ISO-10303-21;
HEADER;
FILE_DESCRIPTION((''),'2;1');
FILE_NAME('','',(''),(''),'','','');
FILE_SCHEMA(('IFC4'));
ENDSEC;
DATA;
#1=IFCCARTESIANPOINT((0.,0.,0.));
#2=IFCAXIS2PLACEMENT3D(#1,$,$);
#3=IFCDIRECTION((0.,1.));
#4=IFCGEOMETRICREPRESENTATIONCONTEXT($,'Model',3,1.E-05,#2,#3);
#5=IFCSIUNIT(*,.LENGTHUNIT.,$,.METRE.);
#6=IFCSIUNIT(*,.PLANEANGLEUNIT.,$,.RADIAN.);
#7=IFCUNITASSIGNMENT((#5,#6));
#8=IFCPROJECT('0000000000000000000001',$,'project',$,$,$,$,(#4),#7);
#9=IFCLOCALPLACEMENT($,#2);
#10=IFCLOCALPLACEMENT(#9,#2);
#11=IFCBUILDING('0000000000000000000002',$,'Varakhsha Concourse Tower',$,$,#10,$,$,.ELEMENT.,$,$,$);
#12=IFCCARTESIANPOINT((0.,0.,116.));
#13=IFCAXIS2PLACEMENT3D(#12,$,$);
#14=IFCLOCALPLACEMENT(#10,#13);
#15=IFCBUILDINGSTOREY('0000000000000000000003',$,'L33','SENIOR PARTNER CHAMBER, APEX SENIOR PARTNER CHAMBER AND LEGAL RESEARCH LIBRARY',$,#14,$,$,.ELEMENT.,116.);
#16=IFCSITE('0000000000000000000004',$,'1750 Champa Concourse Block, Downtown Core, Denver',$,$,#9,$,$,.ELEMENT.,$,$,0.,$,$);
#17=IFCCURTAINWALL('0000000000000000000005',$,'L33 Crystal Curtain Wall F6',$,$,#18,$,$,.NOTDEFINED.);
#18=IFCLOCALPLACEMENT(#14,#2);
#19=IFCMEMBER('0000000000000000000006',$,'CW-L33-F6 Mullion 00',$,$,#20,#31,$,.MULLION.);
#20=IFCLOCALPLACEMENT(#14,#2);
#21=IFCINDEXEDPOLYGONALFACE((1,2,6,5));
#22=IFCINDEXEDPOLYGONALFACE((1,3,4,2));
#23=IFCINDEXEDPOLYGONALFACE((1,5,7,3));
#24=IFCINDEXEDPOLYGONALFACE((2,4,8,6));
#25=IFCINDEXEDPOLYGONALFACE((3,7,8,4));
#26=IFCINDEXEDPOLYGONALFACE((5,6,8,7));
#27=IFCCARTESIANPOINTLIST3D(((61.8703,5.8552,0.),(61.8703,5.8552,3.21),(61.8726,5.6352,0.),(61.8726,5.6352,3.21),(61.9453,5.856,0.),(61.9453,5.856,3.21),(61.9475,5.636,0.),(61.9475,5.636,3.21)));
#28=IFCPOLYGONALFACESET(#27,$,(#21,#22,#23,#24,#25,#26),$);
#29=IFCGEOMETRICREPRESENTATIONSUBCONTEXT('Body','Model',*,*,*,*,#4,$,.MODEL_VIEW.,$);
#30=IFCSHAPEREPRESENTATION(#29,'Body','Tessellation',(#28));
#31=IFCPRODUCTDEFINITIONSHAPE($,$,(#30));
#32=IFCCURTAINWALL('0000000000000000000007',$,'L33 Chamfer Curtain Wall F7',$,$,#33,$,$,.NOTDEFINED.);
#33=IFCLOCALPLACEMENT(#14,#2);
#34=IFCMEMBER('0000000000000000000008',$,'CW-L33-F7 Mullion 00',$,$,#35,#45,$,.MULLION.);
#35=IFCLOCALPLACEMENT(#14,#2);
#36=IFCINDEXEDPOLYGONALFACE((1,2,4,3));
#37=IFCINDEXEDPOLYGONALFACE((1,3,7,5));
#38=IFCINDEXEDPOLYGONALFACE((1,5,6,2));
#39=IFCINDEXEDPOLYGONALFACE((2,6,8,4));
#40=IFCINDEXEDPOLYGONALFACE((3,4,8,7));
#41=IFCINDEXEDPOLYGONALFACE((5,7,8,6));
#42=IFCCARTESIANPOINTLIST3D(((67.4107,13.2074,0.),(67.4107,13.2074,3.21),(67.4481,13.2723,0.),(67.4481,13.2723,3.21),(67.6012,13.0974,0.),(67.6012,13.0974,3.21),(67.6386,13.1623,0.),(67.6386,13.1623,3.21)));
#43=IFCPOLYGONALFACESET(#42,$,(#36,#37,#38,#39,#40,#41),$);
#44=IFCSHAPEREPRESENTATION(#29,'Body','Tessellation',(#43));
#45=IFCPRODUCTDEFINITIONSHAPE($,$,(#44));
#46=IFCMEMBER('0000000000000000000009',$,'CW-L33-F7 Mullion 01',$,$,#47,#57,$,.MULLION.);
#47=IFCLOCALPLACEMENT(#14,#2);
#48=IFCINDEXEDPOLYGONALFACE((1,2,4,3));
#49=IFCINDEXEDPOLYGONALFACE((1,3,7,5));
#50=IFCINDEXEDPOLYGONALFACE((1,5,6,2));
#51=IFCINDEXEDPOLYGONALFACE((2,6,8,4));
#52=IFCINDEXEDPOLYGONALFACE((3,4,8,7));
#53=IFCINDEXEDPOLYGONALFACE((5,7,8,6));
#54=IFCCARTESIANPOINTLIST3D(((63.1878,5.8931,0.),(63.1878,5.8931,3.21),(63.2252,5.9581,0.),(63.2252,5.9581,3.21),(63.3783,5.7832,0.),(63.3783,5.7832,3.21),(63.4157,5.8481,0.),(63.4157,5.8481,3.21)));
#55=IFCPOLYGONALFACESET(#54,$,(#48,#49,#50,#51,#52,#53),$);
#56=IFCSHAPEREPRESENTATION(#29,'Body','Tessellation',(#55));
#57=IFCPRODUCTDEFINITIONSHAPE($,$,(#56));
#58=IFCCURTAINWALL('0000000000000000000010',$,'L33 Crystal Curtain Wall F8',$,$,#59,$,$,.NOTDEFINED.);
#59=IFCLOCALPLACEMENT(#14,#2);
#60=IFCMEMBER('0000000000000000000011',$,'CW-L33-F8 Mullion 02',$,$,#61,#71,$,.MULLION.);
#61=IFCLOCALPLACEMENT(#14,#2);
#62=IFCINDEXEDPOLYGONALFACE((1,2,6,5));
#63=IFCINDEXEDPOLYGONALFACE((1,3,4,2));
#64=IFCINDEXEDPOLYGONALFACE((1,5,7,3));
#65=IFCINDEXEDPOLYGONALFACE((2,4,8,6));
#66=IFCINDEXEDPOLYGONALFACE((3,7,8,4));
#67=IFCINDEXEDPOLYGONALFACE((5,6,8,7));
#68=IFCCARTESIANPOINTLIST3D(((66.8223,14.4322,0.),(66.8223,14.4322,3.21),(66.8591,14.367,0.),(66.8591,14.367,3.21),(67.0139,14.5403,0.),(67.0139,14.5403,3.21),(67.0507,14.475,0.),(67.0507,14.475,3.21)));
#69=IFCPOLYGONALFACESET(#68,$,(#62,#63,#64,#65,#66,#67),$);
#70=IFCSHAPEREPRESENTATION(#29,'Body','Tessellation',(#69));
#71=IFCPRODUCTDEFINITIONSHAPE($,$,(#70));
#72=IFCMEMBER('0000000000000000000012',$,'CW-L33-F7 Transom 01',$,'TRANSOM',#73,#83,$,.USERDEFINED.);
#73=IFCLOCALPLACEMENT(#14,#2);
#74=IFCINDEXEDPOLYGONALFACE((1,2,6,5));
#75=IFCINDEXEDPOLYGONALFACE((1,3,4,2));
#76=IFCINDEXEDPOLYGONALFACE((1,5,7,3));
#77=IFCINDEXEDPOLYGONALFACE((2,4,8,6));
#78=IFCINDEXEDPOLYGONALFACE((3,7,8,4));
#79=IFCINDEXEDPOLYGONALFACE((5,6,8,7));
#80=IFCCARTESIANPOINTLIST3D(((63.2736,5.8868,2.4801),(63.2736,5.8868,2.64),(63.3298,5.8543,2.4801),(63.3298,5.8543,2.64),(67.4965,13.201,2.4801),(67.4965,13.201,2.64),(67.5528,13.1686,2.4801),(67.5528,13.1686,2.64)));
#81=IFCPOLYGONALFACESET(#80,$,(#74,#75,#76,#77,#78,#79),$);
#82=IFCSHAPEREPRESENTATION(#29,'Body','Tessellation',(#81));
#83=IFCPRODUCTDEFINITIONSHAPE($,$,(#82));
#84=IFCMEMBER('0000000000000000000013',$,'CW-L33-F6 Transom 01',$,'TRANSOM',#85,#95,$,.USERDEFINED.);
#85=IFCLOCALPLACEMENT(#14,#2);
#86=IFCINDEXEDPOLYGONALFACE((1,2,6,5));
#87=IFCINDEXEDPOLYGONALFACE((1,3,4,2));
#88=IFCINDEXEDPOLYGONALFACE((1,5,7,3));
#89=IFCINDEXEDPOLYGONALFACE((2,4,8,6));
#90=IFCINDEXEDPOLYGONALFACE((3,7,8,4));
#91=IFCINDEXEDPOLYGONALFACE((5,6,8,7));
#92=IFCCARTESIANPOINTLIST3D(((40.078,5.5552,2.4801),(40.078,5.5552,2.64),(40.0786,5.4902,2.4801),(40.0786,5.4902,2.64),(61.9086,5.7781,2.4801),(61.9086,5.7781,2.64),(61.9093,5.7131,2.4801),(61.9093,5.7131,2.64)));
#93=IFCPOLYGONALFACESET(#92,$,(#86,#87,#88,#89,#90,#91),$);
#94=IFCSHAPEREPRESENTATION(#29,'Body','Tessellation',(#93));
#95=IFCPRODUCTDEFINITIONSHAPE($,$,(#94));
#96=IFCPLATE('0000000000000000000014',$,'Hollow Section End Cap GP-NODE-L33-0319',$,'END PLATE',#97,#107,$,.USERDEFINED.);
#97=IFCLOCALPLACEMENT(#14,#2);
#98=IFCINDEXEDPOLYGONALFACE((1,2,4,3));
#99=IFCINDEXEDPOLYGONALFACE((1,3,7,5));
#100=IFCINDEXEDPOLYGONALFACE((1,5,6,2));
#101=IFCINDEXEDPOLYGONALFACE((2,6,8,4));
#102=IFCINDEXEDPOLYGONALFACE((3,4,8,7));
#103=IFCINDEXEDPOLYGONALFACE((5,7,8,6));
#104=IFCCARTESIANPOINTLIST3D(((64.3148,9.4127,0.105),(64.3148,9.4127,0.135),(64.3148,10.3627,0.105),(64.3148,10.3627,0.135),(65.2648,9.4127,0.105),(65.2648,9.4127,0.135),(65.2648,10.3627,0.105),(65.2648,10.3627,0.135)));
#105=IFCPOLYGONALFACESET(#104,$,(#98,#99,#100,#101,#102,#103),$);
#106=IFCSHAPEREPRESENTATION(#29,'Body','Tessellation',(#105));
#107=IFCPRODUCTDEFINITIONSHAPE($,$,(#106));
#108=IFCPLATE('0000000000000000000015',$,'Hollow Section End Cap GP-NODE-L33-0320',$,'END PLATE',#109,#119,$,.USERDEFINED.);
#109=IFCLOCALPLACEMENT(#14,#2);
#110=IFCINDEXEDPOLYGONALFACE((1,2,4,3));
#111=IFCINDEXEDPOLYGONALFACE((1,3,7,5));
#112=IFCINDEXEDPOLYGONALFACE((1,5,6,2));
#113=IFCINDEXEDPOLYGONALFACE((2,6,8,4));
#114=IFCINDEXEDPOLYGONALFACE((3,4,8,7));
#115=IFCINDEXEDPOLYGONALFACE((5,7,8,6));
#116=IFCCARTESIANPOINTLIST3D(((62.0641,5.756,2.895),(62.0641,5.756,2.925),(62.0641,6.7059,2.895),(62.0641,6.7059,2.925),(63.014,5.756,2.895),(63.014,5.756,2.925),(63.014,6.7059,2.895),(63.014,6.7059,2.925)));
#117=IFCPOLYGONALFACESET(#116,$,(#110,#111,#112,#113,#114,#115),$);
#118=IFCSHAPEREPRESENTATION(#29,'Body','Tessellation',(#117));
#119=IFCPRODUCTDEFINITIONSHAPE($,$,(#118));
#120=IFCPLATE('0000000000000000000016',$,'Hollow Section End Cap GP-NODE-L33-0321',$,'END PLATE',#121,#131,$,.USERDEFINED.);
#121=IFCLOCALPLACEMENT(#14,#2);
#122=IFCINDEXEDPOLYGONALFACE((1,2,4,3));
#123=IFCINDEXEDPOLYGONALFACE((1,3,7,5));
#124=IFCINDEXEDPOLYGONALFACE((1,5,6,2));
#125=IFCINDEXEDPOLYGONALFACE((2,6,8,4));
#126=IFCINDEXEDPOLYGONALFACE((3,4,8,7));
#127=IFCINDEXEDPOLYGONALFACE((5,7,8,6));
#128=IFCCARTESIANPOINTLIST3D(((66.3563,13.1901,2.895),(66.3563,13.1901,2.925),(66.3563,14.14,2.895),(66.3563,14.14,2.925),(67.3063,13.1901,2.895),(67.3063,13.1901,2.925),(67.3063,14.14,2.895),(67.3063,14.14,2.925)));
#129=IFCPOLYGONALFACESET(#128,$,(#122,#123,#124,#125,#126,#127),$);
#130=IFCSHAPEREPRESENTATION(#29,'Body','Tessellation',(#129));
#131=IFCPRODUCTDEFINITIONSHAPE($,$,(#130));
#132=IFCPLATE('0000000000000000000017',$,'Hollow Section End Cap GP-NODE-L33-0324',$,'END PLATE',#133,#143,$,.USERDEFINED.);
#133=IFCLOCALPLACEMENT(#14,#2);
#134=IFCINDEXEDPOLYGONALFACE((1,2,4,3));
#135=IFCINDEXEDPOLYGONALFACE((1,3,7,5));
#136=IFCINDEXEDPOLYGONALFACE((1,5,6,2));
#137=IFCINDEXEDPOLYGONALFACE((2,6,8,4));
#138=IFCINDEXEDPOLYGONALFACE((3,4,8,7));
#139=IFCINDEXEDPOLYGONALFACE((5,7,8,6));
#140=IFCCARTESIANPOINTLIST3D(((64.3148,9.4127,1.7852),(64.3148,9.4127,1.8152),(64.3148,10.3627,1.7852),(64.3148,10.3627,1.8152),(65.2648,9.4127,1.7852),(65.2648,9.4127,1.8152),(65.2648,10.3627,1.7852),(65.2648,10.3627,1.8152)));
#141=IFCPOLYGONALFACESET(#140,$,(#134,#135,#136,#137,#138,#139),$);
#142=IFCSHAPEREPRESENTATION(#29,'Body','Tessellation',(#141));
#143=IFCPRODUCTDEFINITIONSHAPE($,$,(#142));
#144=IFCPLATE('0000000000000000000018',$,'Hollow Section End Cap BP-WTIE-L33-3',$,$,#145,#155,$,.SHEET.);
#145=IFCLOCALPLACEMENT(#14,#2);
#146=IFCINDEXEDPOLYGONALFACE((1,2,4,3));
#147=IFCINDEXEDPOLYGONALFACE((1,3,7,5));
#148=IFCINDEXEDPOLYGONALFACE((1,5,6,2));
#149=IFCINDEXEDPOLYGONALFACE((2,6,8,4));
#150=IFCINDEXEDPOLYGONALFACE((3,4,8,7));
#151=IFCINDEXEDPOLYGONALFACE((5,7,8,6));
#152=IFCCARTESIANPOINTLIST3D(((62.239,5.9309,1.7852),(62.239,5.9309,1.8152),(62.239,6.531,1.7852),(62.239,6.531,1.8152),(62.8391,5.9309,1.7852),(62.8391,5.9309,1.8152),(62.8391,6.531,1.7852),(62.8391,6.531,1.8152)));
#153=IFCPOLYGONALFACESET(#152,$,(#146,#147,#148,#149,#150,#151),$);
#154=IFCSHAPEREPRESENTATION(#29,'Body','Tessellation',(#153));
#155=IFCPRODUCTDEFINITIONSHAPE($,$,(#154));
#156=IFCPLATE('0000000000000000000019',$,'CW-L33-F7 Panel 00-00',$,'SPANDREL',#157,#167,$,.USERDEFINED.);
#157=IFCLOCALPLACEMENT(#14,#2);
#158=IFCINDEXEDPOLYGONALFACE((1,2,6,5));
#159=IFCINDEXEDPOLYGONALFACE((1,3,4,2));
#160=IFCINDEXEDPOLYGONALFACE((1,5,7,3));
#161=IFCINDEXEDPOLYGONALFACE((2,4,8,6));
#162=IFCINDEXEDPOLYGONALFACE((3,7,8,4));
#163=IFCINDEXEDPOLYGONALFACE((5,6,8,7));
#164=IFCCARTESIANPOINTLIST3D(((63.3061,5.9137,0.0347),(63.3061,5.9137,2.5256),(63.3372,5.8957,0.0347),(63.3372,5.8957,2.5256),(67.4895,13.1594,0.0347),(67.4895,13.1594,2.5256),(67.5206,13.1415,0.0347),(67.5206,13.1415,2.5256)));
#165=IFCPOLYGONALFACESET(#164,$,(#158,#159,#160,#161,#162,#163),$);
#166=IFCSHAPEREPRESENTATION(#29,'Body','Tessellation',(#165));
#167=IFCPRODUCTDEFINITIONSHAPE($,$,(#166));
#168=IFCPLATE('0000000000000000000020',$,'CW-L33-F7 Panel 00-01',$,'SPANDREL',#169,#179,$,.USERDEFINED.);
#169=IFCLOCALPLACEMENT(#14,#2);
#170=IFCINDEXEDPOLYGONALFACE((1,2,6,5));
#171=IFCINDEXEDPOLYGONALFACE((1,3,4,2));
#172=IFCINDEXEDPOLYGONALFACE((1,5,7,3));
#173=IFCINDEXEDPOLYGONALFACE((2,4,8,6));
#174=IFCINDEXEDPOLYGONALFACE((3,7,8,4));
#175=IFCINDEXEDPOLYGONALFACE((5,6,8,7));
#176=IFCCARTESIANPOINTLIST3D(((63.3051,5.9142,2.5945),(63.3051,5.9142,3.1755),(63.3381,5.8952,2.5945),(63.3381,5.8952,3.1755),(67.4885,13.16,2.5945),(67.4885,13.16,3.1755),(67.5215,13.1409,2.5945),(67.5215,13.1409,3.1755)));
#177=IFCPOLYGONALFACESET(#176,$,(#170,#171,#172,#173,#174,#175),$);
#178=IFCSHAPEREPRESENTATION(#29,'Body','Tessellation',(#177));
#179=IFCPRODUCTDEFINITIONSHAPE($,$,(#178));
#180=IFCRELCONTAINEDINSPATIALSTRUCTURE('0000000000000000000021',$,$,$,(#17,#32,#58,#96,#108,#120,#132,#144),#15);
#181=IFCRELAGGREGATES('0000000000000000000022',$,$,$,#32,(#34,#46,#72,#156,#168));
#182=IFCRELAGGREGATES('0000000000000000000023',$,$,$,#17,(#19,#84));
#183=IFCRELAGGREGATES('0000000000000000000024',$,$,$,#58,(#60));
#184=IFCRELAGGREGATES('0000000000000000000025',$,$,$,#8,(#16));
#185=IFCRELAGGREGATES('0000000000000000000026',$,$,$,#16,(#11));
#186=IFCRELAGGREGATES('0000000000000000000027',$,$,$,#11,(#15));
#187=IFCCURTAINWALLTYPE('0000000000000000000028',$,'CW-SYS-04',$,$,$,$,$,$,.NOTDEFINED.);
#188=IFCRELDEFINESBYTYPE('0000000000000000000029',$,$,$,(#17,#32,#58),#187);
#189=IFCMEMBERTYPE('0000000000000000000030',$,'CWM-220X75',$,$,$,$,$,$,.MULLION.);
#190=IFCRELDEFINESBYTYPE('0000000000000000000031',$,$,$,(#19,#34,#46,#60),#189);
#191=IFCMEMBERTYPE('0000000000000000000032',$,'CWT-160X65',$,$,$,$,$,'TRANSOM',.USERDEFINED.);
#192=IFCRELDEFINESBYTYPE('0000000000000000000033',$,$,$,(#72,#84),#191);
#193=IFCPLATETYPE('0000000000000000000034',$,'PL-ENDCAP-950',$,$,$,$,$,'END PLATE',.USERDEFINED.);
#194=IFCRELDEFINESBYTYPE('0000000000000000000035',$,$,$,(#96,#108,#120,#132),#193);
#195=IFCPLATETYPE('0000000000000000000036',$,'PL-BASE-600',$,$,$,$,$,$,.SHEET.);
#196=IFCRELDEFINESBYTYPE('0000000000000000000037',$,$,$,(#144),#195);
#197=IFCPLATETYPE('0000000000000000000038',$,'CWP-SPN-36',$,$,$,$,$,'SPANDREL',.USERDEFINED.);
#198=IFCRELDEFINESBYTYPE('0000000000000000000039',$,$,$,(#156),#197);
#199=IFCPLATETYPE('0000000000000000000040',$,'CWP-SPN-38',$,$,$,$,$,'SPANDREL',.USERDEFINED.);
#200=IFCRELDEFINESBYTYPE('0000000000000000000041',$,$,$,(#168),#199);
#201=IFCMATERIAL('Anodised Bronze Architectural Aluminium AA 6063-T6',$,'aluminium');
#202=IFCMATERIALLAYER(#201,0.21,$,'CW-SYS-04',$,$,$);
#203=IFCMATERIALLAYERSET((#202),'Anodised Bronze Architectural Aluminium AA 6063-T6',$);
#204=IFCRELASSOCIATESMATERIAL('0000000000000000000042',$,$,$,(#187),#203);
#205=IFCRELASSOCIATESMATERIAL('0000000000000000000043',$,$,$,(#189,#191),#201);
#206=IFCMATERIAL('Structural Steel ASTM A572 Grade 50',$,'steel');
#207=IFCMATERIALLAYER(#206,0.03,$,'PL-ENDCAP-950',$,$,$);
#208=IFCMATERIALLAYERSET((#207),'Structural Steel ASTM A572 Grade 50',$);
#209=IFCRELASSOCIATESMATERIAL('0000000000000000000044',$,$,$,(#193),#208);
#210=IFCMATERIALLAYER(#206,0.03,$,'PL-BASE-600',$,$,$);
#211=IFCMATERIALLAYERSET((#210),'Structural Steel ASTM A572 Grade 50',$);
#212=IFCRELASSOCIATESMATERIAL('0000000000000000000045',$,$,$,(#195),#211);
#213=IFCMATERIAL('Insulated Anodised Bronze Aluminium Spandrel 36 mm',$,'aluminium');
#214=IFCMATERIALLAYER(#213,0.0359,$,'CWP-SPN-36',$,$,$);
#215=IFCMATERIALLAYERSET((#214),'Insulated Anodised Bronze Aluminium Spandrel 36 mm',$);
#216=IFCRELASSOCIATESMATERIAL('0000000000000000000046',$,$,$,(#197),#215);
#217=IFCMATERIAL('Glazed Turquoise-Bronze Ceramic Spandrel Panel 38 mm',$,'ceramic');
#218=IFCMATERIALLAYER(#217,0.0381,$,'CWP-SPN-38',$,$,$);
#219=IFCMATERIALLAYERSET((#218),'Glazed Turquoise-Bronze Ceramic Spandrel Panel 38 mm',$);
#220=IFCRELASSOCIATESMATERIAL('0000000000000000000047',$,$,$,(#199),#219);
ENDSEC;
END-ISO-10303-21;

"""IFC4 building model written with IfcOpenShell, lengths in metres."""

from ifc_helpers import new_model, si_unit, direction, frame, origin, origin_2d, place, context, subcontext, project, spatial, rectangle, extrude, source, transform, mapped, material, layer, layer_set, material_profile, profile_set, type_object, type_shapes, element, aggregate, save


model = new_model("IFC4")

# Units and contexts
model_context = context("Model", 3, precision=1e-05, world=origin(), true_north=direction((0.0, 1.0)))
body_context = subcontext(model_context, "Body", "Model", "MODEL_VIEW")
ifc_project = project(units=[si_unit("LENGTHUNIT", "METRE"), si_unit("PLANEANGLEUNIT", "RADIAN")], contexts=[model_context])

# Site, building, storey
site_placement = place(None, origin())
site = spatial("IfcSite", under=ifc_project, at=site_placement, Name="1750 Champa Concourse Block, Downtown Core, Denver", CompositionType="ELEMENT", RefElevation=0.0)
building_placement = place(site_placement, origin())
building = spatial("IfcBuilding", under=site, at=building_placement, Name="Varakhsha Concourse Tower", CompositionType="ELEMENT")
storey_placement = place(building_placement, frame((0.0, 0.0, 116.0)))
storey = spatial("IfcBuildingStorey", under=building, at=storey_placement, Name="L33", Description="SENIOR PARTNER CHAMBER, APEX SENIOR PARTNER CHAMBER AND LEGAL RESEARCH LIBRARY", CompositionType="ELEMENT", Elevation=116.0)

# Shared definitions
ifc_material_1 = material(Name="Structural Steel ASTM A572 Grade 50", Category="steel")

# Curtain wall, member
ifc_material_2 = material(Name="Anodised Bronze Architectural Aluminium AA 6063-T6", Category="aluminium")
ifc_layer_1 = layer(ifc_material_2, 0.21, Name="CW-SYS-04")
ifc_layer_set_1 = layer_set([ifc_layer_1], Name="Anodised Bronze Architectural Aluminium AA 6063-T6")
curtain_wall_type = type_object("IfcCurtainWallType", Name="CW-SYS-04", PredefinedType="NOTDEFINED", material=ifc_layer_set_1)
curtain_wall_1_placement = place(storey_placement, origin())
curtain_wall_1 = element("IfcCurtainWall", 1, at=curtain_wall_1_placement, inside=storey, type_object=curtain_wall_type, Name="L33 Crystal Curtain Wall F6", PredefinedType="NOTDEFINED")
ifc_material_profile_1 = material_profile(ifc_material_2, rectangle(XDim=0.075, YDim=0.22, at=origin_2d()), Name="CWM-220X75")
ifc_profile_set_1 = profile_set([ifc_material_profile_1], Name="Anodised Bronze Architectural Aluminium AA 6063-T6")
member_type_1 = type_object("IfcMemberType", Name="CWM-220X75", PredefinedType="MULLION", material=ifc_profile_set_1)
shared_shape_1 = source(origin(), body_context, "Body", "SweptSolid", [
    extrude(rectangle(XDim=0.075, YDim=0.22, at=origin_2d()), origin(), (0.0, 0.0, 1.0), 3.21),
])
type_shapes(member_type_1, [shared_shape_1])
member_1_placement = place(storey_placement, frame((61.9089, 5.7456, 0.0), z_axis=(0.0, 0.0, 1.0), x_axis=(-0.999948, -0.010205, 0.0)))
member_1 = element("IfcMember", 2, at=member_1_placement, type_object=member_type_1, Name="CW-L33-F6 Mullion 00", PredefinedType="MULLION", context=body_context, shape_type="MappedRepresentation", body=[
    mapped(shared_shape_1, transform((0.0, 0.0, 0.0), scale=1.0)),
])

# Curtain wall, members
curtain_wall_2_placement = place(storey_placement, origin())
curtain_wall_2 = element("IfcCurtainWall", 3, at=curtain_wall_2_placement, inside=storey, type_object=curtain_wall_type, Name="L33 Chamfer Curtain Wall F7", PredefinedType="NOTDEFINED")
member_2_placement = place(storey_placement, frame((67.5247, 13.1848, 0.0), z_axis=(0.0, 0.0, 1.0), x_axis=(-0.500005, -0.866023, 0.0)))
member_2 = element("IfcMember", 4, at=member_2_placement, type_object=member_type_1, Name="CW-L33-F7 Mullion 00", PredefinedType="MULLION", context=body_context, shape_type="MappedRepresentation", body=[
    mapped(shared_shape_1, transform((0.0, 0.0, 0.0), scale=1.0)),
])
member_3_placement = place(storey_placement, frame((63.3018, 5.8706, 0.0), z_axis=(0.0, 0.0, 1.0), x_axis=(-0.500005, -0.866023, 0.0)))
member_3 = element("IfcMember", 5, at=member_3_placement, type_object=member_type_1, Name="CW-L33-F7 Mullion 01", PredefinedType="MULLION", context=body_context, shape_type="MappedRepresentation", body=[
    mapped(shared_shape_1, transform((0.0, 0.0, 0.0), scale=1.0)),
])

# Curtain wall, member
curtain_wall_3_placement = place(storey_placement, origin())
curtain_wall_3 = element("IfcCurtainWall", 6, at=curtain_wall_3_placement, inside=storey, type_object=curtain_wall_type, Name="L33 Crystal Curtain Wall F8", PredefinedType="NOTDEFINED")
member_4_placement = place(storey_placement, frame((66.9365, 14.4536, 0.0), z_axis=(0.0, 0.0, 1.0), x_axis=(0.491138, -0.871082, 0.0)))
member_4 = element("IfcMember", 7, at=member_4_placement, type_object=member_type_1, Name="CW-L33-F8 Mullion 02", PredefinedType="MULLION", context=body_context, shape_type="MappedRepresentation", body=[
    mapped(shared_shape_1, transform((0.0, 0.0, 0.0), scale=1.0)),
])

# Members
ifc_material_profile_2 = material_profile(ifc_material_2, rectangle(XDim=0.0649, YDim=0.1599, at=origin_2d()), Name="CWT-160X65")
ifc_profile_set_2 = profile_set([ifc_material_profile_2], Name="Anodised Bronze Architectural Aluminium AA 6063-T6")
member_type_2 = type_object("IfcMemberType", Name="CWT-160X65", ElementType="TRANSOM", PredefinedType="USERDEFINED", material=ifc_profile_set_2)
shared_shape_2 = source(origin(), body_context, "Body", "SweptSolid", [
    extrude(rectangle(XDim=0.0649, YDim=0.1599, at=origin_2d()), origin(), (0.0, 0.0, 1.0), 8.4458),
])
member_5_placement = place(storey_placement, frame((67.5247, 13.1848, 2.5601), z_axis=(-0.500004, -0.866023, 0.0), x_axis=(0.866023, -0.500004, 0.0)))
member_5 = element("IfcMember", 8, at=member_5_placement, type_object=member_type_2, Name="CW-L33-F7 Transom 01", ObjectType="TRANSOM", PredefinedType="USERDEFINED", context=body_context, shape_type="MappedRepresentation", body=[
    mapped(shared_shape_2, transform((0.0, 0.0, 0.0), scale=1.0)),
])
shared_shape_3 = source(origin(), body_context, "Body", "SweptSolid", [
    extrude(rectangle(XDim=0.0649, YDim=0.1599, at=origin_2d()), origin(), (0.0, 0.0, 1.0), 21.8318),
])
type_shapes(member_type_2, [shared_shape_2, shared_shape_3])
member_6_placement = place(storey_placement, frame((61.9089, 5.7456, 2.5601), z_axis=(-0.999948, -0.01021, 0.0), x_axis=(0.01021, -0.999948, 0.0)))
member_6 = element("IfcMember", 9, at=member_6_placement, type_object=member_type_2, Name="CW-L33-F6 Transom 01", ObjectType="TRANSOM", PredefinedType="USERDEFINED", context=body_context, shape_type="MappedRepresentation", body=[
    mapped(shared_shape_3, transform((0.0, 0.0, 0.0), scale=1.0)),
])

# Plates
ifc_layer_2 = layer(ifc_material_1, 0.03, Name="PL-ENDCAP-950")
ifc_layer_set_2 = layer_set([ifc_layer_2], Name="Structural Steel ASTM A572 Grade 50")
plate_type_1 = type_object("IfcPlateType", Name="PL-ENDCAP-950", ElementType="END PLATE", PredefinedType="USERDEFINED", material=ifc_layer_set_2)
shared_shape_4 = source(origin(), body_context, "Body", "SweptSolid", [
    extrude(rectangle(XDim=0.95, YDim=0.95, at=origin_2d()), origin(), (0.0, 0.0, 1.0), 0.03),
])
type_shapes(plate_type_1, [shared_shape_4])
for number, where, z_axis, x_axis, name in (
    (10, (64.7898, 9.8877, 0.105), (0.0, 0.0, 1.0), (1.0, 0.0, 0.0), "Hollow Section End Cap GP-NODE-L33-0319"),
    (11, (62.5391, 6.231, 2.895), (0.0, 0.0, 1.0), (1.0, 0.0, 0.0), "Hollow Section End Cap GP-NODE-L33-0320"),
    (12, (66.8313, 13.665, 2.895), (0.0, 0.0, 1.0), (1.0, 0.0, 0.0), "Hollow Section End Cap GP-NODE-L33-0321"),
    (13, (64.7898, 9.8877, 1.7852), (0.0, 0.0, 1.0), (1.0, 0.0, 0.0), "Hollow Section End Cap GP-NODE-L33-0324"),
):
    element("IfcPlate", number, at=place(storey_placement, frame(where, z_axis=z_axis, x_axis=x_axis)), inside=storey, type_object=plate_type_1, Name=name, ObjectType="END PLATE", PredefinedType="USERDEFINED", context=body_context, shape_type="MappedRepresentation", body=[
        mapped(shared_shape_4, transform((0.0, 0.0, 0.0), scale=1.0)),
    ])
ifc_layer_3 = layer(ifc_material_1, 0.03, Name="PL-BASE-600")
ifc_layer_set_3 = layer_set([ifc_layer_3], Name="Structural Steel ASTM A572 Grade 50")
plate_type_2 = type_object("IfcPlateType", Name="PL-BASE-600", PredefinedType="SHEET", material=ifc_layer_set_3)
shared_shape_5 = source(origin(), body_context, "Body", "SweptSolid", [
    extrude(rectangle(XDim=0.6001, YDim=0.6001, at=origin_2d()), origin(), (0.0, 0.0, 1.0), 0.03),
])
type_shapes(plate_type_2, [shared_shape_5])
plate_1_placement = place(storey_placement, frame((62.5391, 6.231, 1.7852), z_axis=(0.0, 0.0, 1.0), x_axis=(1.0, 0.0, 0.0)))
element("IfcPlate", 14, at=plate_1_placement, inside=storey, type_object=plate_type_2, Name="Hollow Section End Cap BP-WTIE-L33-3", PredefinedType="SHEET", context=body_context, shape_type="MappedRepresentation", body=[
    mapped(shared_shape_5, transform((0.0, 0.0, 0.0), scale=1.0)),
])

# Plates
ifc_material_3 = material(Name="Insulated Anodised Bronze Aluminium Spandrel 36 mm", Category="aluminium")
ifc_layer_4 = layer(ifc_material_3, 0.0359, Name="CWP-SPN-36")
ifc_layer_set_4 = layer_set([ifc_layer_4], Name="Insulated Anodised Bronze Aluminium Spandrel 36 mm")
plate_type_3 = type_object("IfcPlateType", Name="CWP-SPN-36", ElementType="SPANDREL", PredefinedType="USERDEFINED", material=ifc_layer_set_4)
shared_shape_6 = source(origin(), body_context, "Body", "SweptSolid", [
    extrude(rectangle(XDim=8.3667, YDim=0.0359, at=origin_2d()), origin(), (0.0, 0.0, 1.0), 2.491),
])
type_shapes(plate_type_3, [shared_shape_6])
plate_2_placement = place(storey_placement, frame((65.4133, 9.5276, 0.0347), z_axis=(0.0, 0.0, 1.0), x_axis=(-0.500005, -0.866023, 0.0)))
plate_2 = element("IfcPlate", 15, at=plate_2_placement, type_object=plate_type_3, Name="CW-L33-F7 Panel 00-00", ObjectType="SPANDREL", PredefinedType="USERDEFINED", context=body_context, shape_type="MappedRepresentation", body=[
    mapped(shared_shape_6, transform((0.0, 0.0, 0.0), scale=1.0)),
])
ifc_material_4 = material(Name="Glazed Turquoise-Bronze Ceramic Spandrel Panel 38 mm", Category="ceramic")
ifc_layer_5 = layer(ifc_material_4, 0.0381, Name="CWP-SPN-38")
ifc_layer_set_5 = layer_set([ifc_layer_5], Name="Glazed Turquoise-Bronze Ceramic Spandrel Panel 38 mm")
plate_type_4 = type_object("IfcPlateType", Name="CWP-SPN-38", ElementType="SPANDREL", PredefinedType="USERDEFINED", material=ifc_layer_set_5)
shared_shape_7 = source(origin(), body_context, "Body", "SweptSolid", [
    extrude(rectangle(XDim=8.3667, YDim=0.0381, at=origin_2d()), origin(), (0.0, 0.0, 1.0), 0.5811),
])
plate_3_placement = place(storey_placement, frame((65.4133, 9.5276, 2.5945), z_axis=(0.0, 0.0, 1.0), x_axis=(-0.500005, -0.866023, 0.0)))
plate_3 = element("IfcPlate", 16, at=plate_3_placement, type_object=plate_type_4, Name="CW-L33-F7 Panel 00-01", ObjectType="SPANDREL", PredefinedType="USERDEFINED", context=body_context, shape_type="MappedRepresentation", body=[
    mapped(shared_shape_7, transform((0.0, 0.0, 0.0), scale=1.0)),
])
aggregate(curtain_wall_2, [member_2, member_3, member_5, plate_2, plate_3])
aggregate(curtain_wall_1, [member_1, member_6])
aggregate(curtain_wall_3, [member_4])

save(model, "model.ifc")
